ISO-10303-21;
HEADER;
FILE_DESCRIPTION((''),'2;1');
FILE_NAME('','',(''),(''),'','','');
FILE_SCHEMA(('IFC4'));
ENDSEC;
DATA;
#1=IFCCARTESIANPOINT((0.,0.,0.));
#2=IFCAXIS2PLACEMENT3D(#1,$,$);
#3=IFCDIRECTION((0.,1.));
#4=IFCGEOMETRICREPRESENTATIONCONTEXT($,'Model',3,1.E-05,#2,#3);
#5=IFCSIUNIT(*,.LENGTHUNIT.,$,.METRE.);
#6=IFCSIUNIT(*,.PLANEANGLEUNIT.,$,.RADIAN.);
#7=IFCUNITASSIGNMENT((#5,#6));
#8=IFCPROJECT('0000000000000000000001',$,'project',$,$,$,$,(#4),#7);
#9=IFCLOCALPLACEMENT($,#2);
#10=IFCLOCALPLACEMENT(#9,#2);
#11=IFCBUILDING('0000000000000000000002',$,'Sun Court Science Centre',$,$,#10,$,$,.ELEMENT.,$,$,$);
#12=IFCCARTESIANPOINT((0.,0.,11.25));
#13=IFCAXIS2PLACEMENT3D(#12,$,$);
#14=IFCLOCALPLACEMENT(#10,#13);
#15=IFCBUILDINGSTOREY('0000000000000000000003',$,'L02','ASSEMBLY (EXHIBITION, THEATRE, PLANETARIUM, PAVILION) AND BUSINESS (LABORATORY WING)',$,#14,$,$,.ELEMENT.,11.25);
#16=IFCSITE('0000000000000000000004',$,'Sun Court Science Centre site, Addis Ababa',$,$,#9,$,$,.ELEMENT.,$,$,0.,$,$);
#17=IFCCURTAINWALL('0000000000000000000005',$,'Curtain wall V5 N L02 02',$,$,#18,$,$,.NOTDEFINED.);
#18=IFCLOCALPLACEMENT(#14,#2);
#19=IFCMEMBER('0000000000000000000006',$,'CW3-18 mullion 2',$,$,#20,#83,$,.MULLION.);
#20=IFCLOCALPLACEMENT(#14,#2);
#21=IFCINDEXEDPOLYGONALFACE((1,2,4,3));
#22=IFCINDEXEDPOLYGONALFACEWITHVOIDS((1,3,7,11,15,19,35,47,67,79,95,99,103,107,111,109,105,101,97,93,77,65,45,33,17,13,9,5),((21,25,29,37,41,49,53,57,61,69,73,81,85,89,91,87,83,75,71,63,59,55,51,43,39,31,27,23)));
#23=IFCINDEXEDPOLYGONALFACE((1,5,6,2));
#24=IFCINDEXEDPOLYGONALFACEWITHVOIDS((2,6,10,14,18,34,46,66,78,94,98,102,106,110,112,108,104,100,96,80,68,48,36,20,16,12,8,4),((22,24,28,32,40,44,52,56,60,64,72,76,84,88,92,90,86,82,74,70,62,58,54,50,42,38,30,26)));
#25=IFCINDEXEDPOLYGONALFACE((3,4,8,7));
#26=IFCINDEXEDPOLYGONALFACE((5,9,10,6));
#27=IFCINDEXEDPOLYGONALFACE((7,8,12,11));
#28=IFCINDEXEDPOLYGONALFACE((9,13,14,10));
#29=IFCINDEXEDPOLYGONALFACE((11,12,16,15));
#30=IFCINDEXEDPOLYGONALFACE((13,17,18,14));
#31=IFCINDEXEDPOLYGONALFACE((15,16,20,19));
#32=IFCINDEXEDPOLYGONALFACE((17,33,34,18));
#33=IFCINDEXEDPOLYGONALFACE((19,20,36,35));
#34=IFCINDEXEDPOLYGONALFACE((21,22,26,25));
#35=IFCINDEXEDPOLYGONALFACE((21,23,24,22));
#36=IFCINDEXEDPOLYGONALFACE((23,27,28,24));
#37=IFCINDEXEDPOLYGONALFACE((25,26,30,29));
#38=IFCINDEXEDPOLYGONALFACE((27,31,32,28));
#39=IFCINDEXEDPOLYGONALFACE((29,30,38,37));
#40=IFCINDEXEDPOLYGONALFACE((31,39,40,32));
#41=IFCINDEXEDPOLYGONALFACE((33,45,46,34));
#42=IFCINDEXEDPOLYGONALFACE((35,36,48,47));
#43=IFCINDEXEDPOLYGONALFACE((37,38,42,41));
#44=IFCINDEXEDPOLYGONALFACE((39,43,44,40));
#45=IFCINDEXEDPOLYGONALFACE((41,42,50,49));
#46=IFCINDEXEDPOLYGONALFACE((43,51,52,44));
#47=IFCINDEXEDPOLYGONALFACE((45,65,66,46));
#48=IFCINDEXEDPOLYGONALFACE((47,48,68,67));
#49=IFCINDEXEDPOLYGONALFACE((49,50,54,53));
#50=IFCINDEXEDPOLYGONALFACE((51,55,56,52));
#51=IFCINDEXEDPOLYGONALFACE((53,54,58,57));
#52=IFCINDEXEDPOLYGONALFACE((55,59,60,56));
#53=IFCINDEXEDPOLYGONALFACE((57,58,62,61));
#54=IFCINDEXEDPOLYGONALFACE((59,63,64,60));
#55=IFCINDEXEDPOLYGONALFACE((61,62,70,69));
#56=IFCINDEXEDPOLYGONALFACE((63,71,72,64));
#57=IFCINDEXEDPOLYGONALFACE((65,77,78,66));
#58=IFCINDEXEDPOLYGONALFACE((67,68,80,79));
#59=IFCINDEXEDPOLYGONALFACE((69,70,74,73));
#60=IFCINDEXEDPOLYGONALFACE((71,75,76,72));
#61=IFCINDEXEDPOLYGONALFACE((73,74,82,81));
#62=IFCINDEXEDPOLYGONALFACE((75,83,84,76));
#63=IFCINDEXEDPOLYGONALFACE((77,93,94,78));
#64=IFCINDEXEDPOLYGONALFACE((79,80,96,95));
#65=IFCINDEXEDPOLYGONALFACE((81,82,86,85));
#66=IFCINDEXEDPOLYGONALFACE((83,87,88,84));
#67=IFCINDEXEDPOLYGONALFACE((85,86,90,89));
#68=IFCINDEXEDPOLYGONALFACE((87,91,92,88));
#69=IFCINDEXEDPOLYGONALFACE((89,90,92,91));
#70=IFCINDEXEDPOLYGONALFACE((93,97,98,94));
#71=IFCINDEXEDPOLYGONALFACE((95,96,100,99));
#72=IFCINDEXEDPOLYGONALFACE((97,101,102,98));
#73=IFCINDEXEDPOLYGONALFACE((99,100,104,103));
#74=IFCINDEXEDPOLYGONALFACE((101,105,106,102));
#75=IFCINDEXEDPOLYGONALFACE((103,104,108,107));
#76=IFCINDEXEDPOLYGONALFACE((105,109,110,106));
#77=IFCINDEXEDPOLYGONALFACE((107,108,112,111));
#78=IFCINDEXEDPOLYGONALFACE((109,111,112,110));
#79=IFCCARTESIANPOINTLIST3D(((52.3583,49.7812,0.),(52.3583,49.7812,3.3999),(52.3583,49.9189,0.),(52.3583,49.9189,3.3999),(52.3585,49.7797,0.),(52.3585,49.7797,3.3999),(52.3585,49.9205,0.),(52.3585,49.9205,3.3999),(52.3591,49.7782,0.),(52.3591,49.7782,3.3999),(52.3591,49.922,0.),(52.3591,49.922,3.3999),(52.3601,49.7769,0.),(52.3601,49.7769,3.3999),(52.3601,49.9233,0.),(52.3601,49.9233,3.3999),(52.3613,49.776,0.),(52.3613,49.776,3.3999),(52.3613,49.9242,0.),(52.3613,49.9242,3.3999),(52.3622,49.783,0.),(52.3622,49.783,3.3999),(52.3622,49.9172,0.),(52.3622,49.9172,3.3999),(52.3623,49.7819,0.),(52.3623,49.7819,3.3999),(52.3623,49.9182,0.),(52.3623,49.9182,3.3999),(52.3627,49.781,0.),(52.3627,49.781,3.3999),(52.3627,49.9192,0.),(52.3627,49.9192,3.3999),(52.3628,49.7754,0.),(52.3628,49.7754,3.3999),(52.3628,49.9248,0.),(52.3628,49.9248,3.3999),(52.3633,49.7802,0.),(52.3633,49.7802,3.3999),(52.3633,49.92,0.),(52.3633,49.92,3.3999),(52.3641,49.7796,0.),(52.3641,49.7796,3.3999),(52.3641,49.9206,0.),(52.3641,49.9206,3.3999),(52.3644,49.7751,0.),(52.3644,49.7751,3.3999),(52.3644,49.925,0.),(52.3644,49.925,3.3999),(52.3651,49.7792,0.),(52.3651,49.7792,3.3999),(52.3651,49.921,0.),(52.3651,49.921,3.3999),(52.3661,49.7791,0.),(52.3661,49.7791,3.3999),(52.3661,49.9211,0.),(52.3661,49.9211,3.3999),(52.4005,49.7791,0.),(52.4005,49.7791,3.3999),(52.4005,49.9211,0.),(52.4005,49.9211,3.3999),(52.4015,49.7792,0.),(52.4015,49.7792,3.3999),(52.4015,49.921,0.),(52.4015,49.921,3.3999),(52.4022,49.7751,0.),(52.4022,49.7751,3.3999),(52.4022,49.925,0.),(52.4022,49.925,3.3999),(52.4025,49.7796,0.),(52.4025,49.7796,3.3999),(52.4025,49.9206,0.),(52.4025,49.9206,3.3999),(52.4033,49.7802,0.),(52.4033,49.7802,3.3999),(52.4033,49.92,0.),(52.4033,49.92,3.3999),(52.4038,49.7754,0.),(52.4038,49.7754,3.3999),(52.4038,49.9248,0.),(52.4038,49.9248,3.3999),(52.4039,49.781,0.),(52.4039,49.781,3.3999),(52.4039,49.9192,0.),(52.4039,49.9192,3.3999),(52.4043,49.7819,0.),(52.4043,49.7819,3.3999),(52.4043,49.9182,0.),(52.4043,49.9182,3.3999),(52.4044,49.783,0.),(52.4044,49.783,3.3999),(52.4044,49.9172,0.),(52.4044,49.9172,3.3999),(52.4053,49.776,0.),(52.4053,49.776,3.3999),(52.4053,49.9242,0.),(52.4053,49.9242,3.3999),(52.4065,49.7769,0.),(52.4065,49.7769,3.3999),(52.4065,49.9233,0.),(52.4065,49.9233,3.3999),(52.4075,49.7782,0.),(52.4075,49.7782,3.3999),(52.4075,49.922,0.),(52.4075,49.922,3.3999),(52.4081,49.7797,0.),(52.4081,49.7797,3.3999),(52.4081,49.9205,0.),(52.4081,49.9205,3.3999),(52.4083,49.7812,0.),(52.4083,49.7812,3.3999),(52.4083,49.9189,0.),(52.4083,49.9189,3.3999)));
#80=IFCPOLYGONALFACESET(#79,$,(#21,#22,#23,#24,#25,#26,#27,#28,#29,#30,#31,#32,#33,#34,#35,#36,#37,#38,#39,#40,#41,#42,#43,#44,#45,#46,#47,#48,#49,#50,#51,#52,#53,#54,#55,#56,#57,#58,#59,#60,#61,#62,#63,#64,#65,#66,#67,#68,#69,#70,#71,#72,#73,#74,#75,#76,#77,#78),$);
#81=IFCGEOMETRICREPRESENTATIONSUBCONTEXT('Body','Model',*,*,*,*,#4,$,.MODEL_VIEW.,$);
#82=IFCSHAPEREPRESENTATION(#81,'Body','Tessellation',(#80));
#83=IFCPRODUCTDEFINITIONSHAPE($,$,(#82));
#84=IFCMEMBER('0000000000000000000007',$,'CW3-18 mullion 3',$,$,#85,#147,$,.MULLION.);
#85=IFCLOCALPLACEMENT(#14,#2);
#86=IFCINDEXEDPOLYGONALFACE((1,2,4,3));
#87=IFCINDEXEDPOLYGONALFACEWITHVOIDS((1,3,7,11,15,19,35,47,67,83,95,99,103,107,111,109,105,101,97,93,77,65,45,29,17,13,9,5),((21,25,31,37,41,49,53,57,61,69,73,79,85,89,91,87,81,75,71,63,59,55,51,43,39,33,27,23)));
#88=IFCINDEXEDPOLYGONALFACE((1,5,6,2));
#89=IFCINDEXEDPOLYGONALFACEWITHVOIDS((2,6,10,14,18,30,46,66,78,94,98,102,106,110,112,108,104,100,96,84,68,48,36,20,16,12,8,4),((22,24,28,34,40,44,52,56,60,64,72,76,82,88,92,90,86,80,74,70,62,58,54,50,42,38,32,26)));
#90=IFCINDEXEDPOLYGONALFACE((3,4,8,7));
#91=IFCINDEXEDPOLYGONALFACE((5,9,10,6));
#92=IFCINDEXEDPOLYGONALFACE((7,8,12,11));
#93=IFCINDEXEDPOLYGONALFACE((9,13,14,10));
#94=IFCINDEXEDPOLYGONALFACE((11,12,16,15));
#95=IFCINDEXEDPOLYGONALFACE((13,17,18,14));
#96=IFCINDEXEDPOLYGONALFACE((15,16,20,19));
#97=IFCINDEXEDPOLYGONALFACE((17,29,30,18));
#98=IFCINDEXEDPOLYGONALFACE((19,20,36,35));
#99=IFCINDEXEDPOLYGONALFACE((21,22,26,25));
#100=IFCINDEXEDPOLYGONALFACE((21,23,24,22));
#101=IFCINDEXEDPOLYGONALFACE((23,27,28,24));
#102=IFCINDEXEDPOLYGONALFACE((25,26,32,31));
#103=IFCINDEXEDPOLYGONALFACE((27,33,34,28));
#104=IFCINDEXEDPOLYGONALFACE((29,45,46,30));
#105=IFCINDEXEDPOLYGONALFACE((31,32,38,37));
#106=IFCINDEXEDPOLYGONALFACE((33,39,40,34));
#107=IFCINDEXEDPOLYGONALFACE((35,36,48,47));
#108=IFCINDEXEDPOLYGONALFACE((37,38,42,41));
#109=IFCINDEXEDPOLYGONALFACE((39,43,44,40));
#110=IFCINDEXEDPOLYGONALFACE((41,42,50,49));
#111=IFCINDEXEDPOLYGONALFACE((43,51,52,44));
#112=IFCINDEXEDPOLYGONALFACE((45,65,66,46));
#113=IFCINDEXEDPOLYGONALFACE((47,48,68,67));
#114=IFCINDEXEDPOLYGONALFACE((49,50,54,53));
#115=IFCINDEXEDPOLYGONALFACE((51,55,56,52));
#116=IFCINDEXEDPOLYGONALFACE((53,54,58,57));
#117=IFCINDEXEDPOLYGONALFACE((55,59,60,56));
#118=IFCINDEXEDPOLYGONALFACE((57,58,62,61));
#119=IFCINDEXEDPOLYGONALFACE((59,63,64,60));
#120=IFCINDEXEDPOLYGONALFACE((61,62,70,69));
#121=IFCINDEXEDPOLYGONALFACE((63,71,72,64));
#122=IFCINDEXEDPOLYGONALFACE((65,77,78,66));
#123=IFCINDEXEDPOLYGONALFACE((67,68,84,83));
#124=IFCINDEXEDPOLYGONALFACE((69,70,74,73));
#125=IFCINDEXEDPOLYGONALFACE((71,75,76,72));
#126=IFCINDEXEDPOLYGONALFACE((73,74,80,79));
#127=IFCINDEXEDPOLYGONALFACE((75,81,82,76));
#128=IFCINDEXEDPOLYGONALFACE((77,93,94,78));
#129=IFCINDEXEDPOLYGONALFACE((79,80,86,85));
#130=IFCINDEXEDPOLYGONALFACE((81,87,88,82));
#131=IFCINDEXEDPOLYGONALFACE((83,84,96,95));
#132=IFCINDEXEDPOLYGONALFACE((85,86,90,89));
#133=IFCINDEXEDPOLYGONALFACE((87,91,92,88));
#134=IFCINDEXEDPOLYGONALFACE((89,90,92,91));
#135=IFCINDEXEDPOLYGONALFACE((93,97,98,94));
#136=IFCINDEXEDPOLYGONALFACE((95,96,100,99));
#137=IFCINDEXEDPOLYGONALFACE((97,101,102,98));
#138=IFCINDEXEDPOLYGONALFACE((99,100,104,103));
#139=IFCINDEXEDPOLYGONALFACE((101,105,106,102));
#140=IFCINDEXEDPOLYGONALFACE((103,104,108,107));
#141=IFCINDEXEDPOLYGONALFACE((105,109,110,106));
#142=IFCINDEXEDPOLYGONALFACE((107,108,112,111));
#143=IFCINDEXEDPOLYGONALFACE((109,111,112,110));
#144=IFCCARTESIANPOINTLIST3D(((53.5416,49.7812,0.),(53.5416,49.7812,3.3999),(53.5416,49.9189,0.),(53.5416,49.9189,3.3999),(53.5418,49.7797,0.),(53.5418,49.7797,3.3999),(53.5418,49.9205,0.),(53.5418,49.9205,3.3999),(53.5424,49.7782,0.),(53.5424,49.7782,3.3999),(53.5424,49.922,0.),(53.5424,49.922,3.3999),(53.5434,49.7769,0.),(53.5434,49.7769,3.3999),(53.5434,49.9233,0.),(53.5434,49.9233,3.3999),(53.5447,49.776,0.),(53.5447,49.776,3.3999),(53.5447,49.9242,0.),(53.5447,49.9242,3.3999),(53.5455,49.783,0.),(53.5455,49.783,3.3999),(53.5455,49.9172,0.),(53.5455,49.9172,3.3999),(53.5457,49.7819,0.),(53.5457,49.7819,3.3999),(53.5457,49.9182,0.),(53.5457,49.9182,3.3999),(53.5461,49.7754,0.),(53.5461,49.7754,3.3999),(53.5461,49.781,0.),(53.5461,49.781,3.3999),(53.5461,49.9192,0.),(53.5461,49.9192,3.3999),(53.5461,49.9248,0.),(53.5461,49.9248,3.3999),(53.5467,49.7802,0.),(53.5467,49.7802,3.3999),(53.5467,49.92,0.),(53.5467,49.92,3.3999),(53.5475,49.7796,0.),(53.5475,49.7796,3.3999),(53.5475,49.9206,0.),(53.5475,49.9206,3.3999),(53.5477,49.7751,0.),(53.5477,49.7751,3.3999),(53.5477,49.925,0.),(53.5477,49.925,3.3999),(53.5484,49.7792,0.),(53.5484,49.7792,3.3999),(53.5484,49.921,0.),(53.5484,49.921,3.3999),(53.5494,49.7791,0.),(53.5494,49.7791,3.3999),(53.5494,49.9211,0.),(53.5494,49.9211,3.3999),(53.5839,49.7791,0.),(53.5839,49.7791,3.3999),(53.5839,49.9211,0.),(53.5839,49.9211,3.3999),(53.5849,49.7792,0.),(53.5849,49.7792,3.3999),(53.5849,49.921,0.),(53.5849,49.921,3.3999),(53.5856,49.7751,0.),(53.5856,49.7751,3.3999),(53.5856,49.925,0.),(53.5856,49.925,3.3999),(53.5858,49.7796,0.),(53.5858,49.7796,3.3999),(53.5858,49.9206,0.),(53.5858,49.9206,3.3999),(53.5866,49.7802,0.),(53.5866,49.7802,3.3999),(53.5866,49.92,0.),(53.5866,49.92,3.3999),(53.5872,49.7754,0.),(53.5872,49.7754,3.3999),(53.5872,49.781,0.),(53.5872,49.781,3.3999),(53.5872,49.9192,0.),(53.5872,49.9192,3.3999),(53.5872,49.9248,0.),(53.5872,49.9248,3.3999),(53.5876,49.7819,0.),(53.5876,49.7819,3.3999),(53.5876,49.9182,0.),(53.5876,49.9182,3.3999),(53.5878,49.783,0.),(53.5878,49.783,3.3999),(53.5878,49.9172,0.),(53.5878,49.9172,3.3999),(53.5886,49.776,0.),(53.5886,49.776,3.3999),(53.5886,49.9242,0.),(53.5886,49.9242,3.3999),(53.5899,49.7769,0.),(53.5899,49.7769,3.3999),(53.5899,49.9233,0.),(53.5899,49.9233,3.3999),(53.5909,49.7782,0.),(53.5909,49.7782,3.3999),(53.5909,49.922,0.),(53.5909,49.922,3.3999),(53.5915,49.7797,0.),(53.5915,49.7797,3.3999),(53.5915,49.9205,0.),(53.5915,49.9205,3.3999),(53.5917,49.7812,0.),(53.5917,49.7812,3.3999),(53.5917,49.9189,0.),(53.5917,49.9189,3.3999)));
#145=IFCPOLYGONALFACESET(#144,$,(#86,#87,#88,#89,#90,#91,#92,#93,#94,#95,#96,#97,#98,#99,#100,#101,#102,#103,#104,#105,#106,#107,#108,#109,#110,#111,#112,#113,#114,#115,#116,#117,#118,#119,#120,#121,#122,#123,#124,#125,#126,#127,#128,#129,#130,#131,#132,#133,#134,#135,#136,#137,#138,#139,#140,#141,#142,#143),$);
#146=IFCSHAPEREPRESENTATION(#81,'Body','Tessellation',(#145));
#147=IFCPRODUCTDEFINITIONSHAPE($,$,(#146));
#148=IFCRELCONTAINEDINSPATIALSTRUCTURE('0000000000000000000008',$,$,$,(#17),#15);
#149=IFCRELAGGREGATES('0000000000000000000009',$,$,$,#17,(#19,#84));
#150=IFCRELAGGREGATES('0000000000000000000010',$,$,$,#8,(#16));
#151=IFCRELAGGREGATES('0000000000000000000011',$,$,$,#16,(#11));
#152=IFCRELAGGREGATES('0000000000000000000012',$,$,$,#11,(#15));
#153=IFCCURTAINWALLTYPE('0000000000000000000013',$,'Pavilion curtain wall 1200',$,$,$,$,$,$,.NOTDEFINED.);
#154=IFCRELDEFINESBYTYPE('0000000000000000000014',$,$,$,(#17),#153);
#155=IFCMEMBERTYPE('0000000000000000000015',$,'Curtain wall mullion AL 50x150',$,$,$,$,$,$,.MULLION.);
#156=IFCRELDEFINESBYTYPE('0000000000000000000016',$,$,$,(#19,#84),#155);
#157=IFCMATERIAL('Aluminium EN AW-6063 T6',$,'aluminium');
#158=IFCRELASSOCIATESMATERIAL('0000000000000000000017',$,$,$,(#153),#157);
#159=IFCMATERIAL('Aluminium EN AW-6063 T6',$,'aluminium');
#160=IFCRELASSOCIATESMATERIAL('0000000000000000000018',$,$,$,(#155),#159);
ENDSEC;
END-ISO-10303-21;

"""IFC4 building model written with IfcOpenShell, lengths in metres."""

from ifc_helpers import new_model, si_unit, direction, frame, origin, origin_2d, place, context, subcontext, project, spatial, hollow_rectangle, extrude, material, material_profile, profile_set, type_object, element, aggregate, save


model = new_model("IFC4")

# Units and contexts
model_context = context("Model", 3, precision=1e-05, world=origin(), true_north=direction((0.0, 1.0)))
body_context = subcontext(model_context, "Body", "Model", "MODEL_VIEW")
ifc_project = project(units=[si_unit("LENGTHUNIT", "METRE"), si_unit("PLANEANGLEUNIT", "RADIAN")], contexts=[model_context])

# Site, building, storey
site_placement = place(None, origin())
site = spatial("IfcSite", under=ifc_project, at=site_placement, Name="Sun Court Science Centre site, Addis Ababa", CompositionType="ELEMENT", RefElevation=0.0)
building_placement = place(site_placement, origin())
building = spatial("IfcBuilding", under=site, at=building_placement, Name="Sun Court Science Centre", CompositionType="ELEMENT")
storey_placement = place(building_placement, frame((0.0, 0.0, 11.25)))
storey = spatial("IfcBuildingStorey", under=building, at=storey_placement, Name="L02", Description="ASSEMBLY (EXHIBITION, THEATRE, PLANETARIUM, PAVILION) AND BUSINESS (LABORATORY WING)", CompositionType="ELEMENT", Elevation=11.25)

# Shared definitions
ifc_material_1 = material(Name="Aluminium EN AW-6063 T6", Category="aluminium")
curtain_wall_type = type_object("IfcCurtainWallType", Name="Pavilion curtain wall 1200", PredefinedType="NOTDEFINED", material=ifc_material_1)
ifc_material_2 = material(Name="Aluminium EN AW-6063 T6", Category="aluminium")
ifc_material_profile_1 = material_profile(ifc_material_2, hollow_rectangle(XDim=0.05, YDim=0.1499, WallThickness=0.0039, InnerFilletRadius=0.0039, OuterFilletRadius=0.0061, at=origin_2d()), Name="AL 50x150x4")
ifc_profile_set_1 = profile_set([ifc_material_profile_1], Name="Aluminium EN AW-6063 T6")
member_type_1 = type_object("IfcMemberType", Name="Curtain wall mullion AL 50x150", PredefinedType="MULLION", material=ifc_profile_set_1)

# Curtain wall, members
curtain_wall_1_placement = place(storey_placement, origin())
curtain_wall_1 = element("IfcCurtainWall", 1, at=curtain_wall_1_placement, inside=storey, type_object=curtain_wall_type, Name="Curtain wall V5 N L02 02", PredefinedType="NOTDEFINED")
member_1_placement = place(storey_placement, frame((52.3833, 49.8501, 0.0), z_axis=(0.0, 0.0, 1.0), x_axis=(1.0, 0.0, 0.0)))
member_1 = element("IfcMember", 2, at=member_1_placement, type_object=member_type_1, Name="CW3-18 mullion 2", PredefinedType="MULLION", context=body_context, shape_type="SweptSolid", body=[
    extrude(hollow_rectangle(XDim=0.05, YDim=0.1499, WallThickness=0.0039, InnerFilletRadius=0.0039, OuterFilletRadius=0.0061, at=origin_2d()), origin(), (0.0, 0.0, 1.0), 3.3999),
])
member_2_placement = place(storey_placement, frame((53.5667, 49.8501, 0.0), z_axis=(0.0, 0.0, 1.0), x_axis=(1.0, 0.0, 0.0)))
member_2 = element("IfcMember", 3, at=member_2_placement, type_object=member_type_1, Name="CW3-18 mullion 3", PredefinedType="MULLION", context=body_context, shape_type="SweptSolid", body=[
    extrude(hollow_rectangle(XDim=0.05, YDim=0.1499, WallThickness=0.0039, InnerFilletRadius=0.0039, OuterFilletRadius=0.0061, at=origin_2d()), origin(), (0.0, 0.0, 1.0), 3.3999),
])

aggregate(curtain_wall_1, [member_1, member_2])

save(model, "model.ifc")
